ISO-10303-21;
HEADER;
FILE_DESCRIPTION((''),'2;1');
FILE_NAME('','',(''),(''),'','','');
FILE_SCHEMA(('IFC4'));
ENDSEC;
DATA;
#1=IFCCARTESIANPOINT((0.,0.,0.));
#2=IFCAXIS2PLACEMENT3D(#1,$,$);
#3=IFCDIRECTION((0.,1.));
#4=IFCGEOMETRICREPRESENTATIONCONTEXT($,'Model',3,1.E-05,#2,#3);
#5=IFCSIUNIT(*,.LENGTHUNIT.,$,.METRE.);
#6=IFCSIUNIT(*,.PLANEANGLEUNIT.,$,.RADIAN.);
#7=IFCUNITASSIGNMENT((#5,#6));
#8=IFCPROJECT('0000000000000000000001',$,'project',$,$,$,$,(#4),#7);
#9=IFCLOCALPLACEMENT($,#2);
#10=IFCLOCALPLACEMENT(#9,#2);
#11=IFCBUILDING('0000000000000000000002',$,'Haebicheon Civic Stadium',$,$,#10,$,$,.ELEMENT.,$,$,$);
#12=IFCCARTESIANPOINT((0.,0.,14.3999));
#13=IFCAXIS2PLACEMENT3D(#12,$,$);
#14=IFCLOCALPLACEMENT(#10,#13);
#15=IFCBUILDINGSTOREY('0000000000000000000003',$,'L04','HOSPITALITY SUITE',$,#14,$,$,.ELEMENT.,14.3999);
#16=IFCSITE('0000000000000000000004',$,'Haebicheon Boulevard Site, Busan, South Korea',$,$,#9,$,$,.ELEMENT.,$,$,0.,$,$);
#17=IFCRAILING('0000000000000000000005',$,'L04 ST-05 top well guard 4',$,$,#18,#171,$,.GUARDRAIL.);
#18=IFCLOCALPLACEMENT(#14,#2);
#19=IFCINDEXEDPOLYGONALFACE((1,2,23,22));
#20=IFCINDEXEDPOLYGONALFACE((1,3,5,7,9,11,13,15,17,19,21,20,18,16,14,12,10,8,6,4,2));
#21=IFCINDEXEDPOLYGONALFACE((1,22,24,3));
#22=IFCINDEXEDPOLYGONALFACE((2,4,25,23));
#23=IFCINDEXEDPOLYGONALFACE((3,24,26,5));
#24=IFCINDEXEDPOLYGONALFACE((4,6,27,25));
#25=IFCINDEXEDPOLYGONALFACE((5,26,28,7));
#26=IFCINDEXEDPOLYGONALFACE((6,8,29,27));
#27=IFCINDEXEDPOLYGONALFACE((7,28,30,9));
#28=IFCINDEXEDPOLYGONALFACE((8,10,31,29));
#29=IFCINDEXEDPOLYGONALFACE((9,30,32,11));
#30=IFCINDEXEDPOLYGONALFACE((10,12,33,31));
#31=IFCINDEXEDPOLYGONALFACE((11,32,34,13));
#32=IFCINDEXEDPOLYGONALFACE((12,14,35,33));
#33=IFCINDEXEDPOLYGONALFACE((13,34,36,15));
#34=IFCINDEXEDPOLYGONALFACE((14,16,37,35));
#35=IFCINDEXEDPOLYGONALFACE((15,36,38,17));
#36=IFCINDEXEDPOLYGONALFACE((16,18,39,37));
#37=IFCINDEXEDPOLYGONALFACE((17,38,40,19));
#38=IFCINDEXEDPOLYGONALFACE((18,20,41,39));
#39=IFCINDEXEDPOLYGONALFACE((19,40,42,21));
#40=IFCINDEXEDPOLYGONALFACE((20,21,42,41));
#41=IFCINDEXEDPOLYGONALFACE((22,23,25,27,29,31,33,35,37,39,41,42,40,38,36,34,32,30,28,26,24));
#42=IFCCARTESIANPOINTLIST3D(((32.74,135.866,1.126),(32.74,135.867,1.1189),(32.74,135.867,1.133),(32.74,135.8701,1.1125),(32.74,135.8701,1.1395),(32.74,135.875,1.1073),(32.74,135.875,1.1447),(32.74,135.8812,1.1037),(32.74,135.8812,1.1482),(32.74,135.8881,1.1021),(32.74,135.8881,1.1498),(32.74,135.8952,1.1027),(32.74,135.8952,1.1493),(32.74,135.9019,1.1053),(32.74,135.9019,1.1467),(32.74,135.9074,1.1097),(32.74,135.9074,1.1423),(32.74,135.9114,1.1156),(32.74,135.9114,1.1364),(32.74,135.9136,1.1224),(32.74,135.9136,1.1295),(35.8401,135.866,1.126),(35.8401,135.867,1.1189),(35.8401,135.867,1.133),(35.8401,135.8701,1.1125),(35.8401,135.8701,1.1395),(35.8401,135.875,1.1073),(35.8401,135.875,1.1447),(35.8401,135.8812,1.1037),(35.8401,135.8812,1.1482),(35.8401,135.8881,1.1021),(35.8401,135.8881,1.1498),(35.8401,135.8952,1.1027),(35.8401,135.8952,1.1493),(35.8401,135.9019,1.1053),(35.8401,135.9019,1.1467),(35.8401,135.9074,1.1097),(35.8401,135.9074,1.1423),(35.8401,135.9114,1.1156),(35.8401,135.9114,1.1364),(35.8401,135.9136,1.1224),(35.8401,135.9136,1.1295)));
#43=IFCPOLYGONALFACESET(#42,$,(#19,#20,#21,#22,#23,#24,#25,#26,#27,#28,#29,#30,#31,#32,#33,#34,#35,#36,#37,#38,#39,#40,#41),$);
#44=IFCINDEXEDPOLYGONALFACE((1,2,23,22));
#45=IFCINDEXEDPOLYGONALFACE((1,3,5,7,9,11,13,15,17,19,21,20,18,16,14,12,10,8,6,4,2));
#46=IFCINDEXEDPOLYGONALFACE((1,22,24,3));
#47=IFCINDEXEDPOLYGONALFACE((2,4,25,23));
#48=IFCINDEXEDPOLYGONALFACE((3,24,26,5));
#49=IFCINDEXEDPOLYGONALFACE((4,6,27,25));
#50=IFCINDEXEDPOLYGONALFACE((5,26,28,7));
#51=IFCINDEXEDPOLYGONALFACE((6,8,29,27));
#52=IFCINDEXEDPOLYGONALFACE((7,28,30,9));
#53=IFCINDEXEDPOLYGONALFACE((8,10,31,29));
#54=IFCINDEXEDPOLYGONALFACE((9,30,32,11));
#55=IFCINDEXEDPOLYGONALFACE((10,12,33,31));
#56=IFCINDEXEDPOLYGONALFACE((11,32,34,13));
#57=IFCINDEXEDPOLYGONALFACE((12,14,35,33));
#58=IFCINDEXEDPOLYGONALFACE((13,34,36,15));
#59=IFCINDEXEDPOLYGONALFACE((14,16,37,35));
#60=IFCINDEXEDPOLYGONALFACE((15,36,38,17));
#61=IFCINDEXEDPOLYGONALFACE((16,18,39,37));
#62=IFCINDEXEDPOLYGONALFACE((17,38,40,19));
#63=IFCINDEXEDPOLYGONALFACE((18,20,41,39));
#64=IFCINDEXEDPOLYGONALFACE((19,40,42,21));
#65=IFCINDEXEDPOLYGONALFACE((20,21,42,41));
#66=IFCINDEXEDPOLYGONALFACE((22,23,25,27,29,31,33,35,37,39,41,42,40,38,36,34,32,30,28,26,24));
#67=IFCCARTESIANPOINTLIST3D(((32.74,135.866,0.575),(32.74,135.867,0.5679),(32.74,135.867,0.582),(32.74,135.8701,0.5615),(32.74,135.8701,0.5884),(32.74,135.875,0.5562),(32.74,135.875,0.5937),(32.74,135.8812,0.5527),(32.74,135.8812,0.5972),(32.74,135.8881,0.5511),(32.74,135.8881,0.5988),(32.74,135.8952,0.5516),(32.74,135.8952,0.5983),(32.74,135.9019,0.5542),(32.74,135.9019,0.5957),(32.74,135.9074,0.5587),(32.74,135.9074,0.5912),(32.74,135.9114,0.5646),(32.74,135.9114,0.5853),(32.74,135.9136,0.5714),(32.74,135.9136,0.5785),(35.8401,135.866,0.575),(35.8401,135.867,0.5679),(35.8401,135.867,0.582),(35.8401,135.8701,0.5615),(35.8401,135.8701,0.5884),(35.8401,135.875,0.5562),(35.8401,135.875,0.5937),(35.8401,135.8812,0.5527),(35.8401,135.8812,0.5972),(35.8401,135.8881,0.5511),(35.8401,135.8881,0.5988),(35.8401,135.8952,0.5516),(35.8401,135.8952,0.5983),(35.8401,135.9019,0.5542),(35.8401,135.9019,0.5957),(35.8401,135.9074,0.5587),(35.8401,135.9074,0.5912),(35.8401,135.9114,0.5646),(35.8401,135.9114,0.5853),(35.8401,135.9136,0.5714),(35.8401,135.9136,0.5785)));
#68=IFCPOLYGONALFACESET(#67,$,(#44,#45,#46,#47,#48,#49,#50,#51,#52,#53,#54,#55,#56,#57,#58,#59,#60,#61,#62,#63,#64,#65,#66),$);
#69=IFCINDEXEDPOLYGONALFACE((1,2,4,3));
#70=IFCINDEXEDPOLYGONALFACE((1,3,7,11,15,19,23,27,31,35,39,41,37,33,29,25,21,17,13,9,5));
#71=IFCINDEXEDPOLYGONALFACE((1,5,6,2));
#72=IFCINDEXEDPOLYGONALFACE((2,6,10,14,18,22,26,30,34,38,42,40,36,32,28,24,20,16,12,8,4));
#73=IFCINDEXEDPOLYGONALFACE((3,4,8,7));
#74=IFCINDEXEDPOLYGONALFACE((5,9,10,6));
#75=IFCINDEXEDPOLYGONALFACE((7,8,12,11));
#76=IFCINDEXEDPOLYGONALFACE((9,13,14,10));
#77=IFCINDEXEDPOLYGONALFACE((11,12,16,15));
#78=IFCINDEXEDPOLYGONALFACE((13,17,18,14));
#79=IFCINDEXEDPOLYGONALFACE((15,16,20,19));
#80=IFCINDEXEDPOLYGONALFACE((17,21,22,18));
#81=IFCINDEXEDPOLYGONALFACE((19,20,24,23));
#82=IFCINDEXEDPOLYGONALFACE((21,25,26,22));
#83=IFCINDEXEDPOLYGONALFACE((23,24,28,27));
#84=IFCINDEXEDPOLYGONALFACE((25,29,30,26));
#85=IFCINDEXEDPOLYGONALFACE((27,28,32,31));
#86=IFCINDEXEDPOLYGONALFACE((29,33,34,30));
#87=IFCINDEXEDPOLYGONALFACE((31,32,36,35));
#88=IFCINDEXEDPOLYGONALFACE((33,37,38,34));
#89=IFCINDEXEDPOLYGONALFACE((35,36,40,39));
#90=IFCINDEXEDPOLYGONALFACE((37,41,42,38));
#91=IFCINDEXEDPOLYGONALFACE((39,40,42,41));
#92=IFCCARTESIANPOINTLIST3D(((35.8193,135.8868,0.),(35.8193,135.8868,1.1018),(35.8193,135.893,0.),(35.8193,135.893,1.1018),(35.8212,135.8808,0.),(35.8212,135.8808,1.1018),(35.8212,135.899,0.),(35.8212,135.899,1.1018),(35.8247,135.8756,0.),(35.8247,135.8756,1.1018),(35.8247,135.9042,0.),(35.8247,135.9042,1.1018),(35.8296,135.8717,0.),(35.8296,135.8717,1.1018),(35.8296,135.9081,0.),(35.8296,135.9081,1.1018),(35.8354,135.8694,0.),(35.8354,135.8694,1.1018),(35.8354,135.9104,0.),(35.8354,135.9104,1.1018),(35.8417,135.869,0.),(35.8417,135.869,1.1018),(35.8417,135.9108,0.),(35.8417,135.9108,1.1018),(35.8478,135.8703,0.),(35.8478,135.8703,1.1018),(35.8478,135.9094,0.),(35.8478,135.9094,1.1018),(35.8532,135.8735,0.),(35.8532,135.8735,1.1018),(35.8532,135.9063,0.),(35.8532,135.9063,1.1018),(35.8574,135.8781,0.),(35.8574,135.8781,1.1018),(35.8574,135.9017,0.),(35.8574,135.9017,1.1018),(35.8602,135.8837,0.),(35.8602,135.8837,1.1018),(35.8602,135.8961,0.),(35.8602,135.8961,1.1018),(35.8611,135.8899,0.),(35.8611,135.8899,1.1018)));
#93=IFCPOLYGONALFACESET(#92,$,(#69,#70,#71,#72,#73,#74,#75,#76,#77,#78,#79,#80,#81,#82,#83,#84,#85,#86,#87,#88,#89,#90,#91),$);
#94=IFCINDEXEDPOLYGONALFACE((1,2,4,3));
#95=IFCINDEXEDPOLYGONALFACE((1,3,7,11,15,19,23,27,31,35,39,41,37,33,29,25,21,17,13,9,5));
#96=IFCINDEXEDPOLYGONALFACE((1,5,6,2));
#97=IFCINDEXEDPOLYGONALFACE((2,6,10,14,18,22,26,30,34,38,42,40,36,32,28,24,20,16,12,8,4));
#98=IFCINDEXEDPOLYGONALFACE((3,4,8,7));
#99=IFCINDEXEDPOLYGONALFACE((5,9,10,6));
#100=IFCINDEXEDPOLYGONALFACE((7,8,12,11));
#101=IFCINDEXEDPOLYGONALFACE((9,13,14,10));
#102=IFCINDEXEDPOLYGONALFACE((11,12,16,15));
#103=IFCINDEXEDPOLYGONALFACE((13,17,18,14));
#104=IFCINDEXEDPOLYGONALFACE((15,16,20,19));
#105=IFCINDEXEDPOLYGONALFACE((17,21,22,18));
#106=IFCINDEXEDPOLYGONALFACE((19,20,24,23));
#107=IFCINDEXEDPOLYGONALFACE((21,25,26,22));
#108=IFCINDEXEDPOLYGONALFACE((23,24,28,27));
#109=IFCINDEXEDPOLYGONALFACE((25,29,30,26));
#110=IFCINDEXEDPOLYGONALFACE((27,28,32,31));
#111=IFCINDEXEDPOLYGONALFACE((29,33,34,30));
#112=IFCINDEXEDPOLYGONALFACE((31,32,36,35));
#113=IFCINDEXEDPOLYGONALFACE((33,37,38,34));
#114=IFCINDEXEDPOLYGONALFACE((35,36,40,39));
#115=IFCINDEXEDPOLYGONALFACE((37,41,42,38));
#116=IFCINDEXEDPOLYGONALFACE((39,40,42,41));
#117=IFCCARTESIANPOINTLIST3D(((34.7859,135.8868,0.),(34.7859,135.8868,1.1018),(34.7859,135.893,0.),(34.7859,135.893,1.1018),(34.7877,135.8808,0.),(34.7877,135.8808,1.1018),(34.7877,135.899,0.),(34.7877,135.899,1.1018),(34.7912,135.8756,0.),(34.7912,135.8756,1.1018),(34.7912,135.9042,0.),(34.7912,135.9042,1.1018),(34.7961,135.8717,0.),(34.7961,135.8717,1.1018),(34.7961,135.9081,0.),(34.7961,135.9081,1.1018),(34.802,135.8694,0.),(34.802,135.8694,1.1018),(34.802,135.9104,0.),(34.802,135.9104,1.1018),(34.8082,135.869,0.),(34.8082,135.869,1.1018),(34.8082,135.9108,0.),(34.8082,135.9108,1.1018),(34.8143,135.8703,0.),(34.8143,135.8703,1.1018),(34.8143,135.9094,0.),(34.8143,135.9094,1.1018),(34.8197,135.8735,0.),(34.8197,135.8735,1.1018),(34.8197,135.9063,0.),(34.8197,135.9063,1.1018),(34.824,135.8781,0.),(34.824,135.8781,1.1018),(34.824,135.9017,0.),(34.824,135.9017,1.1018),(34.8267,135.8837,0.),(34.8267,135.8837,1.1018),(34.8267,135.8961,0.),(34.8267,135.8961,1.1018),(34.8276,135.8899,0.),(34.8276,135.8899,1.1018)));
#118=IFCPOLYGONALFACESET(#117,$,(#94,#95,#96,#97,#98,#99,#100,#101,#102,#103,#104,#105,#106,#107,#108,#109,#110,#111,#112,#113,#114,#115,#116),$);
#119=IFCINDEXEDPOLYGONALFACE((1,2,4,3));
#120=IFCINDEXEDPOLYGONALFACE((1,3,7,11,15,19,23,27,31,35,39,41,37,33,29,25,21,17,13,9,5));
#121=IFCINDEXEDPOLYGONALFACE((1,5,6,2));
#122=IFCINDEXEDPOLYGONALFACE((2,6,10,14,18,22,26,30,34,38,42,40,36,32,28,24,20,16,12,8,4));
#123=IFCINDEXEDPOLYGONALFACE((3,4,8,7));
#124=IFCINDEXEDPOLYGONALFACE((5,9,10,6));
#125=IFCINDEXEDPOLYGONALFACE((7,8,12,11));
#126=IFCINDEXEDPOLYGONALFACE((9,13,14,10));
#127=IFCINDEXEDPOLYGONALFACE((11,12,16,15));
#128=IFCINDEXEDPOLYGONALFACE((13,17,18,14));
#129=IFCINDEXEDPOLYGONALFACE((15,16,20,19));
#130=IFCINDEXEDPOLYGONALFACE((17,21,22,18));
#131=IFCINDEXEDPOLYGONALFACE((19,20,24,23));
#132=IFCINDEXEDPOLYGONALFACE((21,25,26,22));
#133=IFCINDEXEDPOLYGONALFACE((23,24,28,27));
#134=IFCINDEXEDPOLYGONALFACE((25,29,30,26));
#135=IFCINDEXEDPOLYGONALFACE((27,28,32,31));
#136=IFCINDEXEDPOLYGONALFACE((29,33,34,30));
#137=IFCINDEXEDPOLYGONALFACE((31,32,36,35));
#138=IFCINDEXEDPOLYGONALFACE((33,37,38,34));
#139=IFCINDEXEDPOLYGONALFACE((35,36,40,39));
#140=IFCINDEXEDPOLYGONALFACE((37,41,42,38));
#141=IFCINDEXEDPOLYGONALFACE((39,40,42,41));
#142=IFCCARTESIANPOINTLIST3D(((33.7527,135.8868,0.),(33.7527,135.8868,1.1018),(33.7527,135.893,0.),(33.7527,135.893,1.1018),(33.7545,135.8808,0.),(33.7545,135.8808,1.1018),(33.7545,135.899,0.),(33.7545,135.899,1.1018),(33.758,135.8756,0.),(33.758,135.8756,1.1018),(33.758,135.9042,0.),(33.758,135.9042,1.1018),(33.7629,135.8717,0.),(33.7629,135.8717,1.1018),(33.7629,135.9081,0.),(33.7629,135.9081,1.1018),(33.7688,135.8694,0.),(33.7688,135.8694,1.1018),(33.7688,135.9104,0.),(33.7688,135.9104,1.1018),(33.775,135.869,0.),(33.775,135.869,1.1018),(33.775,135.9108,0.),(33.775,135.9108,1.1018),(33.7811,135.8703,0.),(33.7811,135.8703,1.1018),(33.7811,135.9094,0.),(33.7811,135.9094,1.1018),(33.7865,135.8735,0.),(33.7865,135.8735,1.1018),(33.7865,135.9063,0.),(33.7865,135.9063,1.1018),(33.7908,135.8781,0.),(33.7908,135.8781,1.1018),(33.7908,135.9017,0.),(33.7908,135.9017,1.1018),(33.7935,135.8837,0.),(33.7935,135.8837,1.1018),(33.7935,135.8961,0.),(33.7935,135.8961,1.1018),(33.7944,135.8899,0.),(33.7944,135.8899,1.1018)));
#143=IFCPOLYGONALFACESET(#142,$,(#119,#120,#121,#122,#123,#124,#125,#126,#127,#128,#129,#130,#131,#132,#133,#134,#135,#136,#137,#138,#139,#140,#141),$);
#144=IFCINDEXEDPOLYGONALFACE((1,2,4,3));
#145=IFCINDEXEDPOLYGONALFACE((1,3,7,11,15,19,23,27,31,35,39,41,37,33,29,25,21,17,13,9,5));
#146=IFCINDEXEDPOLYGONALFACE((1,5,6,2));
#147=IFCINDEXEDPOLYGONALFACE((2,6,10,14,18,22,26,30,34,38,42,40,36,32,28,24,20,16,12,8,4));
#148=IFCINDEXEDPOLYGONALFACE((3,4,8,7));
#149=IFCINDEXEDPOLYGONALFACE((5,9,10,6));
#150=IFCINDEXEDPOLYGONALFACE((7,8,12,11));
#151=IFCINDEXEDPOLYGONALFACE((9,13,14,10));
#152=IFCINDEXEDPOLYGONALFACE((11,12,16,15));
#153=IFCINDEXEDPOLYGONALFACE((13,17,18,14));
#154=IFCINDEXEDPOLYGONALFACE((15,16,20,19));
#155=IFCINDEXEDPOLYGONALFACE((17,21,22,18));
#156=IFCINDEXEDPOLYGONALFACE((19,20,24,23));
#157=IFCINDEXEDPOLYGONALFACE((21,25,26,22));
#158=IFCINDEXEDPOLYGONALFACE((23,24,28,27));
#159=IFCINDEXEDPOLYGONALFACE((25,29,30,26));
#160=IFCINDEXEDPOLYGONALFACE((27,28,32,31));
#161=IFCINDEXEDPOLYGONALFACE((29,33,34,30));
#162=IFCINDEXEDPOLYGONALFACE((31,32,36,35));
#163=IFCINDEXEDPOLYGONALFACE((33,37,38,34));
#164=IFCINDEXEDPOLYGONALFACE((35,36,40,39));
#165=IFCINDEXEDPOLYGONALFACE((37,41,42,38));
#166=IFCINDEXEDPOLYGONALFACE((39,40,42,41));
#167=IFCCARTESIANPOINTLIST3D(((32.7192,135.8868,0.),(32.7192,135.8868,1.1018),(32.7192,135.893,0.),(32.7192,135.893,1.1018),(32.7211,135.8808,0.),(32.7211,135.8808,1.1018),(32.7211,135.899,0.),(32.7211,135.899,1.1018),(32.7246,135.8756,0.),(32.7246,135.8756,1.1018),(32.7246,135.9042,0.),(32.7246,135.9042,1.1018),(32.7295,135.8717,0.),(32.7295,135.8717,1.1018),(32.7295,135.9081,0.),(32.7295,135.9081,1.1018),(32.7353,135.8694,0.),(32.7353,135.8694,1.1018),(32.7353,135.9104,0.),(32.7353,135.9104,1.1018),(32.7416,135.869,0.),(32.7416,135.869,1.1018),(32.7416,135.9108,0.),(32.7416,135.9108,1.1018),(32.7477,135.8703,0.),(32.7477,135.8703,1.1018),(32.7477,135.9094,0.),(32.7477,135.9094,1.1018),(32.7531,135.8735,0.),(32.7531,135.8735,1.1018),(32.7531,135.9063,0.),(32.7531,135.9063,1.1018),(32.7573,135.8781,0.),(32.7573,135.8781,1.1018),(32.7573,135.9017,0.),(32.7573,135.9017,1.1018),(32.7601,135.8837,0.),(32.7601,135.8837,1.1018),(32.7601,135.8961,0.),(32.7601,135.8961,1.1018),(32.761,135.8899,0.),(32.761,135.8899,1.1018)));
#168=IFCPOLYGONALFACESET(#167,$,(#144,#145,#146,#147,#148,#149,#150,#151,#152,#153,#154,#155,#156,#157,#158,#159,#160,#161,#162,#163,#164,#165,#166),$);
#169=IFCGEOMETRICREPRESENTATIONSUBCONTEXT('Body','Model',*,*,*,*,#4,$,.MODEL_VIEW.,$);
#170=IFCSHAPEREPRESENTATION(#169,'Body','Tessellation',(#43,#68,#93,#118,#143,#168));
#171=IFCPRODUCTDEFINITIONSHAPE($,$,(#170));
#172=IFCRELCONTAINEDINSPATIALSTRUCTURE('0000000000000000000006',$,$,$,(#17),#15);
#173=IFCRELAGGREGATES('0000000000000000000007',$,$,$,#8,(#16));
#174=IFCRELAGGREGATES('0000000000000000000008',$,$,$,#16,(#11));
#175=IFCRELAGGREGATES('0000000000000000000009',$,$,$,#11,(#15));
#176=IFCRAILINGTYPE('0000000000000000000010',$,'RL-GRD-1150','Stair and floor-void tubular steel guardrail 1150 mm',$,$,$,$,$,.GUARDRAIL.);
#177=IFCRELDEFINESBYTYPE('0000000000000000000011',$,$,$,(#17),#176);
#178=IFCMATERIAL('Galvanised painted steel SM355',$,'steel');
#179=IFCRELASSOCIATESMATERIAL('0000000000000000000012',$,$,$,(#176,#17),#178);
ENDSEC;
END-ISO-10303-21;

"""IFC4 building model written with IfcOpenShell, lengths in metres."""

from ifc_helpers import new_model, si_unit, direction, frame, origin, origin_2d, place, context, subcontext, project, spatial, circle, extrude, material, type_object, element, save


model = new_model("IFC4")

# Units and contexts
model_context = context("Model", 3, precision=1e-05, world=origin(), true_north=direction((0.0, 1.0)))
body_context = subcontext(model_context, "Body", "Model", "MODEL_VIEW")
ifc_project = project(units=[si_unit("LENGTHUNIT", "METRE"), si_unit("PLANEANGLEUNIT", "RADIAN")], contexts=[model_context])

# Site, building, storey
site_placement = place(None, origin())
site = spatial("IfcSite", under=ifc_project, at=site_placement, Name="Haebicheon Boulevard Site, Busan, South Korea", CompositionType="ELEMENT", RefElevation=0.0)
building_placement = place(site_placement, origin())
building = spatial("IfcBuilding", under=site, at=building_placement, Name="Haebicheon Civic Stadium", CompositionType="ELEMENT")
storey_placement = place(building_placement, frame((0.0, 0.0, 14.3999)))
storey = spatial("IfcBuildingStorey", under=building, at=storey_placement, Name="L04", Description="HOSPITALITY SUITE", CompositionType="ELEMENT", Elevation=14.3999)

# Railing
ifc_material_1 = material(Name="Galvanised painted steel SM355", Category="steel")
railing_type = type_object("IfcRailingType", Name="RL-GRD-1150", Description="Stair and floor-void tubular steel guardrail 1150 mm", PredefinedType="GUARDRAIL", material=ifc_material_1)
railing_1_placement = place(storey_placement, frame((35.8401, 135.8899, 0.0)))
element("IfcRailing", 1, at=railing_1_placement, inside=storey, type_object=railing_type, material=ifc_material_1, Name="L04 ST-05 top well guard 4", PredefinedType="GUARDRAIL", context=body_context, shape_type="SweptSolid", body=[
    extrude(circle(Radius=0.0239, at=origin_2d()), frame((0.0, 0.0, 1.126), z_axis=(-1.0, 0.0, 0.0), x_axis=(0.0, -1.0, 0.0)), (0.0, 0.0, 1.0), 3.1001),
    extrude(circle(Radius=0.0239, at=origin_2d()), frame((0.0, 0.0, 0.575), z_axis=(-1.0, 0.0, 0.0), x_axis=(0.0, -1.0, 0.0)), (0.0, 0.0, 1.0), 3.1001),
    extrude(circle(Radius=0.021, at=origin_2d()), origin(), (0.0, 0.0, 1.0), 1.1018),
    extrude(circle(Radius=0.021, at=origin_2d()), frame((-1.0334, 0.0, 0.0)), (0.0, 0.0, 1.0), 1.1018),
    extrude(circle(Radius=0.021, at=origin_2d()), frame((-2.0667, 0.0, 0.0)), (0.0, 0.0, 1.0), 1.1018),
    extrude(circle(Radius=0.021, at=origin_2d()), frame((-3.1001, 0.0, 0.0)), (0.0, 0.0, 1.0), 1.1018),
])

save(model, "model.ifc")
